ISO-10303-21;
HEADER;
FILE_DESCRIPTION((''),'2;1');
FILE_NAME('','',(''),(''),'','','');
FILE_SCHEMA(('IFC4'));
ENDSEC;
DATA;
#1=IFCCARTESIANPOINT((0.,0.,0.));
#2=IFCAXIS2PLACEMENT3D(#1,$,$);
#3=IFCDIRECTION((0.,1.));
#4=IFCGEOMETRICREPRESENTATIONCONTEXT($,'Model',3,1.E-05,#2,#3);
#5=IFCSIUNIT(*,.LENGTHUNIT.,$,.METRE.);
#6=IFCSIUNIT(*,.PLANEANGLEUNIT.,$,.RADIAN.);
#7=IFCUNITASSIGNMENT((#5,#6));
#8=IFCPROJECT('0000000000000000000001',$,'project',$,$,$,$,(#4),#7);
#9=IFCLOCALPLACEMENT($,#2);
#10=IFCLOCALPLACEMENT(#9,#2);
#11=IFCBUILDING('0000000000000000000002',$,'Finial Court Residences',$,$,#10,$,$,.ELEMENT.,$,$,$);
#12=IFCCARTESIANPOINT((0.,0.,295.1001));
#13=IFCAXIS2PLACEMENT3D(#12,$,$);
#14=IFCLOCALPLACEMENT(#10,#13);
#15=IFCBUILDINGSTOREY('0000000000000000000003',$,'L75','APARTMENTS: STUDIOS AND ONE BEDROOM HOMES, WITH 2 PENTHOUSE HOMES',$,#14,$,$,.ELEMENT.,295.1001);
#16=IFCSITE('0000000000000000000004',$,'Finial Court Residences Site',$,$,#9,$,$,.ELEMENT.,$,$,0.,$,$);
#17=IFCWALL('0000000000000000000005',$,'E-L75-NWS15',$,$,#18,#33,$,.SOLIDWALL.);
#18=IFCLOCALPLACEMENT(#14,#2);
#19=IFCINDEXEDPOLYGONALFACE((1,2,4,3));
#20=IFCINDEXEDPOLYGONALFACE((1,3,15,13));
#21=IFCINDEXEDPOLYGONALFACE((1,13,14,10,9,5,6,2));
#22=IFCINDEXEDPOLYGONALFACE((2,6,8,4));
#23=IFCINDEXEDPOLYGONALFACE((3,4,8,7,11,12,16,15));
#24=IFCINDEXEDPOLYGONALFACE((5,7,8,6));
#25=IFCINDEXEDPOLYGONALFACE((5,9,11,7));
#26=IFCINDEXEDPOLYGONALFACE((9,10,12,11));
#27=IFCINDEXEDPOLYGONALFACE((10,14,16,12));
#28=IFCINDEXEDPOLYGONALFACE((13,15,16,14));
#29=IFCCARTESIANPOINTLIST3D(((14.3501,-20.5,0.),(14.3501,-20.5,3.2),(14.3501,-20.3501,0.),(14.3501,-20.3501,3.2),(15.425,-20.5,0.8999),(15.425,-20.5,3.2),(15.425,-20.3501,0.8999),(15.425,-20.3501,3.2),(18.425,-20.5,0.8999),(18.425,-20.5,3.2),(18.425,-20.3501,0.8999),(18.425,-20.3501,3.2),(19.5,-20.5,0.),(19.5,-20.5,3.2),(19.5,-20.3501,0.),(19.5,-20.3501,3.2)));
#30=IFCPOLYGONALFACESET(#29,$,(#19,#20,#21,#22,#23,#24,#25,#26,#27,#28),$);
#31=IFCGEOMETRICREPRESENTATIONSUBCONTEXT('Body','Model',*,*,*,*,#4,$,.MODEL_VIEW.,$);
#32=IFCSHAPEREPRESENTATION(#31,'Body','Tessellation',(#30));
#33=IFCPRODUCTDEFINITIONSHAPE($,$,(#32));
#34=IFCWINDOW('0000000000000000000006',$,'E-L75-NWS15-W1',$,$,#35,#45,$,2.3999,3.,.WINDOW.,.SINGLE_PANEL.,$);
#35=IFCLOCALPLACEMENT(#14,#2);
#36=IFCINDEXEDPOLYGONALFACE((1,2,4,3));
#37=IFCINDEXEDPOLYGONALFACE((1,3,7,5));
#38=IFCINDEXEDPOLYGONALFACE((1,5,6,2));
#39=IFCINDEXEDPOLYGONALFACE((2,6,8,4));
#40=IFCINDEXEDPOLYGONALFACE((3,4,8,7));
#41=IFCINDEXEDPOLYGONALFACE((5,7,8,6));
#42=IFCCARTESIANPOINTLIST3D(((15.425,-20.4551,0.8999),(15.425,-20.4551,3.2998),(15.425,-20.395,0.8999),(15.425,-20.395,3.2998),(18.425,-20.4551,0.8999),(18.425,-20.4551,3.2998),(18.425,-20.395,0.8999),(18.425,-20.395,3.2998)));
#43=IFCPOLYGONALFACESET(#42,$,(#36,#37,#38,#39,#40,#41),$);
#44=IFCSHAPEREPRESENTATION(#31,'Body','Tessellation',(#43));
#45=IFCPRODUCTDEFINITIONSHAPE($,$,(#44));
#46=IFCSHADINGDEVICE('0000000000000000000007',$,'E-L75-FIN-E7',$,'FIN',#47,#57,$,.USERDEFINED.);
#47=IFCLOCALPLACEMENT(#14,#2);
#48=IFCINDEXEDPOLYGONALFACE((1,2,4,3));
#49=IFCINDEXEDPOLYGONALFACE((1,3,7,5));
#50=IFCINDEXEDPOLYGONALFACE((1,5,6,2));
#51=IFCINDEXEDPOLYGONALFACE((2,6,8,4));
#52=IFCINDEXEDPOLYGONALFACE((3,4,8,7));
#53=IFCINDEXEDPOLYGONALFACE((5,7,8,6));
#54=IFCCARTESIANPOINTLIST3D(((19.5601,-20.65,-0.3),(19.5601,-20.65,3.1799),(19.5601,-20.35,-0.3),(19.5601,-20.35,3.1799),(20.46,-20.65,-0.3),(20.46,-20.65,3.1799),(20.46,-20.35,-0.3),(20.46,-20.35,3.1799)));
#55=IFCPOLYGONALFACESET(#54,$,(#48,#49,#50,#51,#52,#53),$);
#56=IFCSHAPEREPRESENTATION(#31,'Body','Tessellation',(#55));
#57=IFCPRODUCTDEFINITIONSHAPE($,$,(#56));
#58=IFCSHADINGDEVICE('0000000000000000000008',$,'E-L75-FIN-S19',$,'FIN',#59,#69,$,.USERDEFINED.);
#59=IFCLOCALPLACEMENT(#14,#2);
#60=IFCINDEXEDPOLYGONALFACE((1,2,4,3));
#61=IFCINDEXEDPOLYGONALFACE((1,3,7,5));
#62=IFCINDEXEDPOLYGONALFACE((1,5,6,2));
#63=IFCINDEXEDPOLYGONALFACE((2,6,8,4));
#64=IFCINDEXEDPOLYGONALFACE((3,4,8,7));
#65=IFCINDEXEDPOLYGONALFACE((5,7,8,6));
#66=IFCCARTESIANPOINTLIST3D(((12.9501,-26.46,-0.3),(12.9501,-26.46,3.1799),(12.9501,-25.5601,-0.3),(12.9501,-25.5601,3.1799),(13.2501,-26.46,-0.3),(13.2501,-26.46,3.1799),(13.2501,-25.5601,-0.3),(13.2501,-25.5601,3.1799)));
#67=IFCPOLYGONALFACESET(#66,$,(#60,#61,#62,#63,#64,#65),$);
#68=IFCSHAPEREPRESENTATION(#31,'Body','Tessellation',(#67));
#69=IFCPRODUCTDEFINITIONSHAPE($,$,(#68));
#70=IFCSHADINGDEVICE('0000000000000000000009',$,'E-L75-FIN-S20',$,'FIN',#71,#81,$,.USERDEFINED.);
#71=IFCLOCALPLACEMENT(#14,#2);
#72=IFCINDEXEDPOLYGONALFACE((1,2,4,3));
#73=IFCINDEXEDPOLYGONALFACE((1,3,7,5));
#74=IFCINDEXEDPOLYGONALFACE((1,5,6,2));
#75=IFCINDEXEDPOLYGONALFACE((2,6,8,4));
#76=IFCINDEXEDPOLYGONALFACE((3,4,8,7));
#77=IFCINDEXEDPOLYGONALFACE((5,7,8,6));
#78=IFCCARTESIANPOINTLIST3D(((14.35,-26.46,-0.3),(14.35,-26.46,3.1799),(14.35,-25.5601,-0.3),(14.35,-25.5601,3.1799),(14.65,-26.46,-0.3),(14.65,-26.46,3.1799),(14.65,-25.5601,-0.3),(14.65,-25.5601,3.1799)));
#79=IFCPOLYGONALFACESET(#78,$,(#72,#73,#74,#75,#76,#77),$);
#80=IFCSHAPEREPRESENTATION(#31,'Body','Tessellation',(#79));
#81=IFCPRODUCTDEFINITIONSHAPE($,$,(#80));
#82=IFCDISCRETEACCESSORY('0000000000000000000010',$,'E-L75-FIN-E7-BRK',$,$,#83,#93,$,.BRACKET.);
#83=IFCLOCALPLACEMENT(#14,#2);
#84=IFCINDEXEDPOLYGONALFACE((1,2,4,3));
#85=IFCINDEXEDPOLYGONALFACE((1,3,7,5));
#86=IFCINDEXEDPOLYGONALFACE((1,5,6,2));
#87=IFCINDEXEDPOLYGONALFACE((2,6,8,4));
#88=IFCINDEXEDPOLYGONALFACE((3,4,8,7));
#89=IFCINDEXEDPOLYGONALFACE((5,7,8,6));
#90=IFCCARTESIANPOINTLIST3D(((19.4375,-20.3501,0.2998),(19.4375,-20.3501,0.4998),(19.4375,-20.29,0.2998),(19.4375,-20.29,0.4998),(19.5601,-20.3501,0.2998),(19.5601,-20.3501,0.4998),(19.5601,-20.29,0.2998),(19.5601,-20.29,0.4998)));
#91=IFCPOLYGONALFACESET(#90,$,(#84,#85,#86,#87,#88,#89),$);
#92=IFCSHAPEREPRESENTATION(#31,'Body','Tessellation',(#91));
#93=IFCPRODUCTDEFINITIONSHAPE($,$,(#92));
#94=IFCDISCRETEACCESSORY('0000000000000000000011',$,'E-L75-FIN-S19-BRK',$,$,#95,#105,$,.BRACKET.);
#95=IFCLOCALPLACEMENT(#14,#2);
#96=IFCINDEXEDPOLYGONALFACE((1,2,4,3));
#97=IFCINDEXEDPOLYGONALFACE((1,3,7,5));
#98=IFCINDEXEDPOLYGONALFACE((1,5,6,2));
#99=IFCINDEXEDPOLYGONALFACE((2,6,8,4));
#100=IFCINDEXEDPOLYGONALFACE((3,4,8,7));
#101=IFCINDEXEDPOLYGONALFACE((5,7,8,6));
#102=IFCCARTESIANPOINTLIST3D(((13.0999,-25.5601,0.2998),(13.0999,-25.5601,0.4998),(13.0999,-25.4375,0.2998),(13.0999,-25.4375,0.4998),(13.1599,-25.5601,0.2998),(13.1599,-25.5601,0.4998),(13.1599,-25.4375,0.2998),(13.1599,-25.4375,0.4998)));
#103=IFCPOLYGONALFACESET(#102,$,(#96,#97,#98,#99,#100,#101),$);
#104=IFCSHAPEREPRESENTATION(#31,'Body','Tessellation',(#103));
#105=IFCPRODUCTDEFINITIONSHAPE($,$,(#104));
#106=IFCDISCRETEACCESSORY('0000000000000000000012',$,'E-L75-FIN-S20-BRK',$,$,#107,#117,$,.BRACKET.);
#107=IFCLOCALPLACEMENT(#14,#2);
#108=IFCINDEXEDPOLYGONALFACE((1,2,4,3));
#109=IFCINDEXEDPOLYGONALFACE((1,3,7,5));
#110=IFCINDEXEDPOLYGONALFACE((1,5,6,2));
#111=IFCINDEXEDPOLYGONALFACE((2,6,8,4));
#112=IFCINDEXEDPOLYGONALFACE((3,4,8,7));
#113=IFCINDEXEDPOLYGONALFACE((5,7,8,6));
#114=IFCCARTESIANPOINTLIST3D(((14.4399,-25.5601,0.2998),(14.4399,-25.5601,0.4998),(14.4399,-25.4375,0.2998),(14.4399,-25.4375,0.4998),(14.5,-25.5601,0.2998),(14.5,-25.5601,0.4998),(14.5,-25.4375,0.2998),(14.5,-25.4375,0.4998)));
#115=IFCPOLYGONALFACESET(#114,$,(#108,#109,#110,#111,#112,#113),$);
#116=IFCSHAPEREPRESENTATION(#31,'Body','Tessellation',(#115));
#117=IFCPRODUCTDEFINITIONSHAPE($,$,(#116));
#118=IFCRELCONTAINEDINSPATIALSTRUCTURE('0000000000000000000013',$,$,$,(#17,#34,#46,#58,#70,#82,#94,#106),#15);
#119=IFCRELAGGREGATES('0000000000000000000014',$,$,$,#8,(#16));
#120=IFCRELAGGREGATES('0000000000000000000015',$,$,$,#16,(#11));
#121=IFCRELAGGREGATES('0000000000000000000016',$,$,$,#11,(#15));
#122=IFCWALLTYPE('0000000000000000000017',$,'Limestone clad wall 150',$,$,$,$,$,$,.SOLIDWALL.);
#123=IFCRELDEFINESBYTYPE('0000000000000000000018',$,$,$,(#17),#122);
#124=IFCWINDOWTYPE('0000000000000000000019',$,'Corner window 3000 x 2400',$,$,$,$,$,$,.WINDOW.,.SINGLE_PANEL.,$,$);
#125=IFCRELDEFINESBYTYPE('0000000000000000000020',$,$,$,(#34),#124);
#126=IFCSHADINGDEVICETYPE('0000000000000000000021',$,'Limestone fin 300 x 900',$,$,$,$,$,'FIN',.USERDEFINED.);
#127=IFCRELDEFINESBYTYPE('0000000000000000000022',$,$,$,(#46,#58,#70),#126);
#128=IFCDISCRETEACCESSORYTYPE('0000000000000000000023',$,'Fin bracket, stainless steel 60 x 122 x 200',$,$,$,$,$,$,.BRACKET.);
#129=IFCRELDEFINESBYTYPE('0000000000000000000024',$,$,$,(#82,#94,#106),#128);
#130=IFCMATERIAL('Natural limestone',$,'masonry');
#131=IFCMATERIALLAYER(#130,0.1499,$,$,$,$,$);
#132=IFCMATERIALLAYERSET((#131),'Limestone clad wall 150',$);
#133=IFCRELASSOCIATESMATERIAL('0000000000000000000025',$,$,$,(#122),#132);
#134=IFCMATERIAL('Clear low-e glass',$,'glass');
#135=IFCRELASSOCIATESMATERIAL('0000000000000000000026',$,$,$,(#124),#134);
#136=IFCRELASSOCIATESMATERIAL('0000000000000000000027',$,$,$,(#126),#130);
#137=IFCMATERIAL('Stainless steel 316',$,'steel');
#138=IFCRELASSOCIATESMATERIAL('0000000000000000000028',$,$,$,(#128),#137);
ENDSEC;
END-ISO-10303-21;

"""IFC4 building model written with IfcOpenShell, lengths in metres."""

from ifc_helpers import new_model, si_unit, direction, frame, frame_2d, origin, origin_2d, place, context, subcontext, project, spatial, rectangle, extrude, material, layer, layer_set, type_object, element, fill, save


model = new_model("IFC4")

# Units and contexts
model_context = context("Model", 3, precision=1e-05, world=origin(), true_north=direction((0.0, 1.0)))
body_context = subcontext(model_context, "Body", "Model", "MODEL_VIEW")
ifc_project = project(units=[si_unit("LENGTHUNIT", "METRE"), si_unit("PLANEANGLEUNIT", "RADIAN")], contexts=[model_context])

# Site, building, storey
site_placement = place(None, origin())
site = spatial("IfcSite", under=ifc_project, at=site_placement, Name="Finial Court Residences Site", CompositionType="ELEMENT", RefElevation=0.0)
building_placement = place(site_placement, origin())
building = spatial("IfcBuilding", under=site, at=building_placement, Name="Finial Court Residences", CompositionType="ELEMENT")
storey_placement = place(building_placement, frame((0.0, 0.0, 295.1001)))
storey = spatial("IfcBuildingStorey", under=building, at=storey_placement, Name="L75", Description="APARTMENTS: STUDIOS AND ONE BEDROOM HOMES, WITH 2 PENTHOUSE HOMES", CompositionType="ELEMENT", Elevation=295.1001)

# Shared definitions
ifc_material_1 = material(Name="Clear low-e glass", Category="glass")

# Wall, opening, window
ifc_material_2 = material(Name="Natural limestone", Category="masonry")
ifc_layer_1 = layer(ifc_material_2, 0.1499)
ifc_layer_set_1 = layer_set([ifc_layer_1], Name="Limestone clad wall 150")
wall_type_1 = type_object("IfcWallType", Name="Limestone clad wall 150", PredefinedType="SOLIDWALL", material=ifc_layer_set_1)
window_type = type_object("IfcWindowType", Name="Corner window 3000 x 2400", PartitioningType="SINGLE_PANEL", PredefinedType="WINDOW", material=ifc_material_1)
wall_1_placement = place(storey_placement, frame((19.5, -20.425, 0.0), z_axis=(0.0, 0.0, 1.0), x_axis=(-1.0, 0.0, 0.0)))
wall_1 = element("IfcWall", 1, at=wall_1_placement, inside=storey, type_object=wall_type_1, Name="E-L75-NWS15", PredefinedType="SOLIDWALL", context=body_context, shape_type="SweptSolid", body=[
    extrude(rectangle(XDim=5.1499, YDim=0.1499, at=frame_2d((2.575, 0.0))), origin(), (0.0, 0.0, 1.0), 3.2),
])
opening_1_placement = place(wall_1_placement, frame((1.075, 0.0, 0.8999)))
opening_1 = element("IfcOpeningElement", 2, at=opening_1_placement, cuts=wall_1, PredefinedType="OPENING", context=body_context, shape_type="SweptSolid", body=[
    extrude(rectangle(XDim=3.0, YDim=2.3999, at=frame_2d((1.5, 1.2))), frame((0.0, 0.085, 0.0), z_axis=(0.0, -1.0, 0.0), x_axis=(1.0, 0.0, 0.0)), (0.0, 0.0, 1.0), 0.1699),
])
window_1_placement = place(opening_1_placement, origin())
window_1 = element("IfcWindow", 3, at=window_1_placement, inside=storey, type_object=window_type, Name="E-L75-NWS15-W1", OverallHeight=2.3999, OverallWidth=3.0, PartitioningType="SINGLE_PANEL", PredefinedType="WINDOW", context=body_context, shape_type="SweptSolid", body=[
    extrude(rectangle(XDim=3.0, YDim=2.3999, at=frame_2d((1.5, 1.2))), frame((0.0, 0.03, 0.0), z_axis=(0.0, -1.0, 0.0), x_axis=(1.0, 0.0, 0.0)), (0.0, 0.0, 1.0), 0.0601),
])
fill(opening_1, window_1)

# Shading devices
shading_device_type = type_object("IfcShadingDeviceType", Name="Limestone fin 300 x 900", ElementType="FIN", PredefinedType="USERDEFINED", material=ifc_material_2)
shading_device_placement = place(storey_placement, frame((20.01, -20.5, -0.3), z_axis=(0.0, 0.0, 1.0), x_axis=(1.0, 0.0, 0.0)))
element("IfcShadingDevice", 4, at=shading_device_placement, inside=storey, type_object=shading_device_type, Name="E-L75-FIN-E7", ObjectType="FIN", PredefinedType="USERDEFINED", context=body_context, shape_type="SweptSolid", body=[
    extrude(rectangle(XDim=0.8999, YDim=0.3, at=origin_2d()), origin(), (0.0, 0.0, 1.0), 3.48),
])
for number, where, z_axis, x_axis, name in (
    (5, (13.1001, -26.01, -0.3), (0.0, 0.0, 1.0), (1.0, 0.0, 0.0), "E-L75-FIN-S19"),
    (6, (14.5, -26.01, -0.3), (0.0, 0.0, 1.0), (1.0, 0.0, 0.0), "E-L75-FIN-S20"),
):
    element("IfcShadingDevice", number, at=place(storey_placement, frame(where, z_axis=z_axis, x_axis=x_axis)), inside=storey, type_object=shading_device_type, Name=name, ObjectType="FIN", PredefinedType="USERDEFINED", context=body_context, shape_type="SweptSolid", body=[
        extrude(rectangle(XDim=0.3, YDim=0.8999, at=origin_2d()), origin(), (0.0, 0.0, 1.0), 3.48),
    ])

# Discrete accessories
ifc_material_3 = material(Name="Stainless steel 316", Category="steel")
discrete_accessory_type = type_object("IfcDiscreteAccessoryType", Name="Fin bracket, stainless steel 60 x 122 x 200", PredefinedType="BRACKET", material=ifc_material_3)
discrete_accessory_placement = place(storey_placement, frame((19.4988, -20.3201, 0.2998), z_axis=(0.0, 0.0, 1.0), x_axis=(1.0, 0.0, 0.0)))
element("IfcDiscreteAccessory", 7, at=discrete_accessory_placement, inside=storey, type_object=discrete_accessory_type, Name="E-L75-FIN-E7-BRK", PredefinedType="BRACKET", context=body_context, shape_type="SweptSolid", body=[
    extrude(rectangle(XDim=0.1226, YDim=0.0601, at=origin_2d()), origin(), (0.0, 0.0, 1.0), 0.2),
])
for number, where, z_axis, x_axis, name in (
    (8, (13.1299, -25.4988, 0.2998), (0.0, 0.0, 1.0), (1.0, 0.0, 0.0), "E-L75-FIN-S19-BRK"),
    (9, (14.47, -25.4988, 0.2998), (0.0, 0.0, 1.0), (1.0, 0.0, 0.0), "E-L75-FIN-S20-BRK"),
):
    element("IfcDiscreteAccessory", number, at=place(storey_placement, frame(where, z_axis=z_axis, x_axis=x_axis)), inside=storey, type_object=discrete_accessory_type, Name=name, PredefinedType="BRACKET", context=body_context, shape_type="SweptSolid", body=[
        extrude(rectangle(XDim=0.0601, YDim=0.1226, at=origin_2d()), origin(), (0.0, 0.0, 1.0), 0.2),
    ])

save(model, "model.ifc")
